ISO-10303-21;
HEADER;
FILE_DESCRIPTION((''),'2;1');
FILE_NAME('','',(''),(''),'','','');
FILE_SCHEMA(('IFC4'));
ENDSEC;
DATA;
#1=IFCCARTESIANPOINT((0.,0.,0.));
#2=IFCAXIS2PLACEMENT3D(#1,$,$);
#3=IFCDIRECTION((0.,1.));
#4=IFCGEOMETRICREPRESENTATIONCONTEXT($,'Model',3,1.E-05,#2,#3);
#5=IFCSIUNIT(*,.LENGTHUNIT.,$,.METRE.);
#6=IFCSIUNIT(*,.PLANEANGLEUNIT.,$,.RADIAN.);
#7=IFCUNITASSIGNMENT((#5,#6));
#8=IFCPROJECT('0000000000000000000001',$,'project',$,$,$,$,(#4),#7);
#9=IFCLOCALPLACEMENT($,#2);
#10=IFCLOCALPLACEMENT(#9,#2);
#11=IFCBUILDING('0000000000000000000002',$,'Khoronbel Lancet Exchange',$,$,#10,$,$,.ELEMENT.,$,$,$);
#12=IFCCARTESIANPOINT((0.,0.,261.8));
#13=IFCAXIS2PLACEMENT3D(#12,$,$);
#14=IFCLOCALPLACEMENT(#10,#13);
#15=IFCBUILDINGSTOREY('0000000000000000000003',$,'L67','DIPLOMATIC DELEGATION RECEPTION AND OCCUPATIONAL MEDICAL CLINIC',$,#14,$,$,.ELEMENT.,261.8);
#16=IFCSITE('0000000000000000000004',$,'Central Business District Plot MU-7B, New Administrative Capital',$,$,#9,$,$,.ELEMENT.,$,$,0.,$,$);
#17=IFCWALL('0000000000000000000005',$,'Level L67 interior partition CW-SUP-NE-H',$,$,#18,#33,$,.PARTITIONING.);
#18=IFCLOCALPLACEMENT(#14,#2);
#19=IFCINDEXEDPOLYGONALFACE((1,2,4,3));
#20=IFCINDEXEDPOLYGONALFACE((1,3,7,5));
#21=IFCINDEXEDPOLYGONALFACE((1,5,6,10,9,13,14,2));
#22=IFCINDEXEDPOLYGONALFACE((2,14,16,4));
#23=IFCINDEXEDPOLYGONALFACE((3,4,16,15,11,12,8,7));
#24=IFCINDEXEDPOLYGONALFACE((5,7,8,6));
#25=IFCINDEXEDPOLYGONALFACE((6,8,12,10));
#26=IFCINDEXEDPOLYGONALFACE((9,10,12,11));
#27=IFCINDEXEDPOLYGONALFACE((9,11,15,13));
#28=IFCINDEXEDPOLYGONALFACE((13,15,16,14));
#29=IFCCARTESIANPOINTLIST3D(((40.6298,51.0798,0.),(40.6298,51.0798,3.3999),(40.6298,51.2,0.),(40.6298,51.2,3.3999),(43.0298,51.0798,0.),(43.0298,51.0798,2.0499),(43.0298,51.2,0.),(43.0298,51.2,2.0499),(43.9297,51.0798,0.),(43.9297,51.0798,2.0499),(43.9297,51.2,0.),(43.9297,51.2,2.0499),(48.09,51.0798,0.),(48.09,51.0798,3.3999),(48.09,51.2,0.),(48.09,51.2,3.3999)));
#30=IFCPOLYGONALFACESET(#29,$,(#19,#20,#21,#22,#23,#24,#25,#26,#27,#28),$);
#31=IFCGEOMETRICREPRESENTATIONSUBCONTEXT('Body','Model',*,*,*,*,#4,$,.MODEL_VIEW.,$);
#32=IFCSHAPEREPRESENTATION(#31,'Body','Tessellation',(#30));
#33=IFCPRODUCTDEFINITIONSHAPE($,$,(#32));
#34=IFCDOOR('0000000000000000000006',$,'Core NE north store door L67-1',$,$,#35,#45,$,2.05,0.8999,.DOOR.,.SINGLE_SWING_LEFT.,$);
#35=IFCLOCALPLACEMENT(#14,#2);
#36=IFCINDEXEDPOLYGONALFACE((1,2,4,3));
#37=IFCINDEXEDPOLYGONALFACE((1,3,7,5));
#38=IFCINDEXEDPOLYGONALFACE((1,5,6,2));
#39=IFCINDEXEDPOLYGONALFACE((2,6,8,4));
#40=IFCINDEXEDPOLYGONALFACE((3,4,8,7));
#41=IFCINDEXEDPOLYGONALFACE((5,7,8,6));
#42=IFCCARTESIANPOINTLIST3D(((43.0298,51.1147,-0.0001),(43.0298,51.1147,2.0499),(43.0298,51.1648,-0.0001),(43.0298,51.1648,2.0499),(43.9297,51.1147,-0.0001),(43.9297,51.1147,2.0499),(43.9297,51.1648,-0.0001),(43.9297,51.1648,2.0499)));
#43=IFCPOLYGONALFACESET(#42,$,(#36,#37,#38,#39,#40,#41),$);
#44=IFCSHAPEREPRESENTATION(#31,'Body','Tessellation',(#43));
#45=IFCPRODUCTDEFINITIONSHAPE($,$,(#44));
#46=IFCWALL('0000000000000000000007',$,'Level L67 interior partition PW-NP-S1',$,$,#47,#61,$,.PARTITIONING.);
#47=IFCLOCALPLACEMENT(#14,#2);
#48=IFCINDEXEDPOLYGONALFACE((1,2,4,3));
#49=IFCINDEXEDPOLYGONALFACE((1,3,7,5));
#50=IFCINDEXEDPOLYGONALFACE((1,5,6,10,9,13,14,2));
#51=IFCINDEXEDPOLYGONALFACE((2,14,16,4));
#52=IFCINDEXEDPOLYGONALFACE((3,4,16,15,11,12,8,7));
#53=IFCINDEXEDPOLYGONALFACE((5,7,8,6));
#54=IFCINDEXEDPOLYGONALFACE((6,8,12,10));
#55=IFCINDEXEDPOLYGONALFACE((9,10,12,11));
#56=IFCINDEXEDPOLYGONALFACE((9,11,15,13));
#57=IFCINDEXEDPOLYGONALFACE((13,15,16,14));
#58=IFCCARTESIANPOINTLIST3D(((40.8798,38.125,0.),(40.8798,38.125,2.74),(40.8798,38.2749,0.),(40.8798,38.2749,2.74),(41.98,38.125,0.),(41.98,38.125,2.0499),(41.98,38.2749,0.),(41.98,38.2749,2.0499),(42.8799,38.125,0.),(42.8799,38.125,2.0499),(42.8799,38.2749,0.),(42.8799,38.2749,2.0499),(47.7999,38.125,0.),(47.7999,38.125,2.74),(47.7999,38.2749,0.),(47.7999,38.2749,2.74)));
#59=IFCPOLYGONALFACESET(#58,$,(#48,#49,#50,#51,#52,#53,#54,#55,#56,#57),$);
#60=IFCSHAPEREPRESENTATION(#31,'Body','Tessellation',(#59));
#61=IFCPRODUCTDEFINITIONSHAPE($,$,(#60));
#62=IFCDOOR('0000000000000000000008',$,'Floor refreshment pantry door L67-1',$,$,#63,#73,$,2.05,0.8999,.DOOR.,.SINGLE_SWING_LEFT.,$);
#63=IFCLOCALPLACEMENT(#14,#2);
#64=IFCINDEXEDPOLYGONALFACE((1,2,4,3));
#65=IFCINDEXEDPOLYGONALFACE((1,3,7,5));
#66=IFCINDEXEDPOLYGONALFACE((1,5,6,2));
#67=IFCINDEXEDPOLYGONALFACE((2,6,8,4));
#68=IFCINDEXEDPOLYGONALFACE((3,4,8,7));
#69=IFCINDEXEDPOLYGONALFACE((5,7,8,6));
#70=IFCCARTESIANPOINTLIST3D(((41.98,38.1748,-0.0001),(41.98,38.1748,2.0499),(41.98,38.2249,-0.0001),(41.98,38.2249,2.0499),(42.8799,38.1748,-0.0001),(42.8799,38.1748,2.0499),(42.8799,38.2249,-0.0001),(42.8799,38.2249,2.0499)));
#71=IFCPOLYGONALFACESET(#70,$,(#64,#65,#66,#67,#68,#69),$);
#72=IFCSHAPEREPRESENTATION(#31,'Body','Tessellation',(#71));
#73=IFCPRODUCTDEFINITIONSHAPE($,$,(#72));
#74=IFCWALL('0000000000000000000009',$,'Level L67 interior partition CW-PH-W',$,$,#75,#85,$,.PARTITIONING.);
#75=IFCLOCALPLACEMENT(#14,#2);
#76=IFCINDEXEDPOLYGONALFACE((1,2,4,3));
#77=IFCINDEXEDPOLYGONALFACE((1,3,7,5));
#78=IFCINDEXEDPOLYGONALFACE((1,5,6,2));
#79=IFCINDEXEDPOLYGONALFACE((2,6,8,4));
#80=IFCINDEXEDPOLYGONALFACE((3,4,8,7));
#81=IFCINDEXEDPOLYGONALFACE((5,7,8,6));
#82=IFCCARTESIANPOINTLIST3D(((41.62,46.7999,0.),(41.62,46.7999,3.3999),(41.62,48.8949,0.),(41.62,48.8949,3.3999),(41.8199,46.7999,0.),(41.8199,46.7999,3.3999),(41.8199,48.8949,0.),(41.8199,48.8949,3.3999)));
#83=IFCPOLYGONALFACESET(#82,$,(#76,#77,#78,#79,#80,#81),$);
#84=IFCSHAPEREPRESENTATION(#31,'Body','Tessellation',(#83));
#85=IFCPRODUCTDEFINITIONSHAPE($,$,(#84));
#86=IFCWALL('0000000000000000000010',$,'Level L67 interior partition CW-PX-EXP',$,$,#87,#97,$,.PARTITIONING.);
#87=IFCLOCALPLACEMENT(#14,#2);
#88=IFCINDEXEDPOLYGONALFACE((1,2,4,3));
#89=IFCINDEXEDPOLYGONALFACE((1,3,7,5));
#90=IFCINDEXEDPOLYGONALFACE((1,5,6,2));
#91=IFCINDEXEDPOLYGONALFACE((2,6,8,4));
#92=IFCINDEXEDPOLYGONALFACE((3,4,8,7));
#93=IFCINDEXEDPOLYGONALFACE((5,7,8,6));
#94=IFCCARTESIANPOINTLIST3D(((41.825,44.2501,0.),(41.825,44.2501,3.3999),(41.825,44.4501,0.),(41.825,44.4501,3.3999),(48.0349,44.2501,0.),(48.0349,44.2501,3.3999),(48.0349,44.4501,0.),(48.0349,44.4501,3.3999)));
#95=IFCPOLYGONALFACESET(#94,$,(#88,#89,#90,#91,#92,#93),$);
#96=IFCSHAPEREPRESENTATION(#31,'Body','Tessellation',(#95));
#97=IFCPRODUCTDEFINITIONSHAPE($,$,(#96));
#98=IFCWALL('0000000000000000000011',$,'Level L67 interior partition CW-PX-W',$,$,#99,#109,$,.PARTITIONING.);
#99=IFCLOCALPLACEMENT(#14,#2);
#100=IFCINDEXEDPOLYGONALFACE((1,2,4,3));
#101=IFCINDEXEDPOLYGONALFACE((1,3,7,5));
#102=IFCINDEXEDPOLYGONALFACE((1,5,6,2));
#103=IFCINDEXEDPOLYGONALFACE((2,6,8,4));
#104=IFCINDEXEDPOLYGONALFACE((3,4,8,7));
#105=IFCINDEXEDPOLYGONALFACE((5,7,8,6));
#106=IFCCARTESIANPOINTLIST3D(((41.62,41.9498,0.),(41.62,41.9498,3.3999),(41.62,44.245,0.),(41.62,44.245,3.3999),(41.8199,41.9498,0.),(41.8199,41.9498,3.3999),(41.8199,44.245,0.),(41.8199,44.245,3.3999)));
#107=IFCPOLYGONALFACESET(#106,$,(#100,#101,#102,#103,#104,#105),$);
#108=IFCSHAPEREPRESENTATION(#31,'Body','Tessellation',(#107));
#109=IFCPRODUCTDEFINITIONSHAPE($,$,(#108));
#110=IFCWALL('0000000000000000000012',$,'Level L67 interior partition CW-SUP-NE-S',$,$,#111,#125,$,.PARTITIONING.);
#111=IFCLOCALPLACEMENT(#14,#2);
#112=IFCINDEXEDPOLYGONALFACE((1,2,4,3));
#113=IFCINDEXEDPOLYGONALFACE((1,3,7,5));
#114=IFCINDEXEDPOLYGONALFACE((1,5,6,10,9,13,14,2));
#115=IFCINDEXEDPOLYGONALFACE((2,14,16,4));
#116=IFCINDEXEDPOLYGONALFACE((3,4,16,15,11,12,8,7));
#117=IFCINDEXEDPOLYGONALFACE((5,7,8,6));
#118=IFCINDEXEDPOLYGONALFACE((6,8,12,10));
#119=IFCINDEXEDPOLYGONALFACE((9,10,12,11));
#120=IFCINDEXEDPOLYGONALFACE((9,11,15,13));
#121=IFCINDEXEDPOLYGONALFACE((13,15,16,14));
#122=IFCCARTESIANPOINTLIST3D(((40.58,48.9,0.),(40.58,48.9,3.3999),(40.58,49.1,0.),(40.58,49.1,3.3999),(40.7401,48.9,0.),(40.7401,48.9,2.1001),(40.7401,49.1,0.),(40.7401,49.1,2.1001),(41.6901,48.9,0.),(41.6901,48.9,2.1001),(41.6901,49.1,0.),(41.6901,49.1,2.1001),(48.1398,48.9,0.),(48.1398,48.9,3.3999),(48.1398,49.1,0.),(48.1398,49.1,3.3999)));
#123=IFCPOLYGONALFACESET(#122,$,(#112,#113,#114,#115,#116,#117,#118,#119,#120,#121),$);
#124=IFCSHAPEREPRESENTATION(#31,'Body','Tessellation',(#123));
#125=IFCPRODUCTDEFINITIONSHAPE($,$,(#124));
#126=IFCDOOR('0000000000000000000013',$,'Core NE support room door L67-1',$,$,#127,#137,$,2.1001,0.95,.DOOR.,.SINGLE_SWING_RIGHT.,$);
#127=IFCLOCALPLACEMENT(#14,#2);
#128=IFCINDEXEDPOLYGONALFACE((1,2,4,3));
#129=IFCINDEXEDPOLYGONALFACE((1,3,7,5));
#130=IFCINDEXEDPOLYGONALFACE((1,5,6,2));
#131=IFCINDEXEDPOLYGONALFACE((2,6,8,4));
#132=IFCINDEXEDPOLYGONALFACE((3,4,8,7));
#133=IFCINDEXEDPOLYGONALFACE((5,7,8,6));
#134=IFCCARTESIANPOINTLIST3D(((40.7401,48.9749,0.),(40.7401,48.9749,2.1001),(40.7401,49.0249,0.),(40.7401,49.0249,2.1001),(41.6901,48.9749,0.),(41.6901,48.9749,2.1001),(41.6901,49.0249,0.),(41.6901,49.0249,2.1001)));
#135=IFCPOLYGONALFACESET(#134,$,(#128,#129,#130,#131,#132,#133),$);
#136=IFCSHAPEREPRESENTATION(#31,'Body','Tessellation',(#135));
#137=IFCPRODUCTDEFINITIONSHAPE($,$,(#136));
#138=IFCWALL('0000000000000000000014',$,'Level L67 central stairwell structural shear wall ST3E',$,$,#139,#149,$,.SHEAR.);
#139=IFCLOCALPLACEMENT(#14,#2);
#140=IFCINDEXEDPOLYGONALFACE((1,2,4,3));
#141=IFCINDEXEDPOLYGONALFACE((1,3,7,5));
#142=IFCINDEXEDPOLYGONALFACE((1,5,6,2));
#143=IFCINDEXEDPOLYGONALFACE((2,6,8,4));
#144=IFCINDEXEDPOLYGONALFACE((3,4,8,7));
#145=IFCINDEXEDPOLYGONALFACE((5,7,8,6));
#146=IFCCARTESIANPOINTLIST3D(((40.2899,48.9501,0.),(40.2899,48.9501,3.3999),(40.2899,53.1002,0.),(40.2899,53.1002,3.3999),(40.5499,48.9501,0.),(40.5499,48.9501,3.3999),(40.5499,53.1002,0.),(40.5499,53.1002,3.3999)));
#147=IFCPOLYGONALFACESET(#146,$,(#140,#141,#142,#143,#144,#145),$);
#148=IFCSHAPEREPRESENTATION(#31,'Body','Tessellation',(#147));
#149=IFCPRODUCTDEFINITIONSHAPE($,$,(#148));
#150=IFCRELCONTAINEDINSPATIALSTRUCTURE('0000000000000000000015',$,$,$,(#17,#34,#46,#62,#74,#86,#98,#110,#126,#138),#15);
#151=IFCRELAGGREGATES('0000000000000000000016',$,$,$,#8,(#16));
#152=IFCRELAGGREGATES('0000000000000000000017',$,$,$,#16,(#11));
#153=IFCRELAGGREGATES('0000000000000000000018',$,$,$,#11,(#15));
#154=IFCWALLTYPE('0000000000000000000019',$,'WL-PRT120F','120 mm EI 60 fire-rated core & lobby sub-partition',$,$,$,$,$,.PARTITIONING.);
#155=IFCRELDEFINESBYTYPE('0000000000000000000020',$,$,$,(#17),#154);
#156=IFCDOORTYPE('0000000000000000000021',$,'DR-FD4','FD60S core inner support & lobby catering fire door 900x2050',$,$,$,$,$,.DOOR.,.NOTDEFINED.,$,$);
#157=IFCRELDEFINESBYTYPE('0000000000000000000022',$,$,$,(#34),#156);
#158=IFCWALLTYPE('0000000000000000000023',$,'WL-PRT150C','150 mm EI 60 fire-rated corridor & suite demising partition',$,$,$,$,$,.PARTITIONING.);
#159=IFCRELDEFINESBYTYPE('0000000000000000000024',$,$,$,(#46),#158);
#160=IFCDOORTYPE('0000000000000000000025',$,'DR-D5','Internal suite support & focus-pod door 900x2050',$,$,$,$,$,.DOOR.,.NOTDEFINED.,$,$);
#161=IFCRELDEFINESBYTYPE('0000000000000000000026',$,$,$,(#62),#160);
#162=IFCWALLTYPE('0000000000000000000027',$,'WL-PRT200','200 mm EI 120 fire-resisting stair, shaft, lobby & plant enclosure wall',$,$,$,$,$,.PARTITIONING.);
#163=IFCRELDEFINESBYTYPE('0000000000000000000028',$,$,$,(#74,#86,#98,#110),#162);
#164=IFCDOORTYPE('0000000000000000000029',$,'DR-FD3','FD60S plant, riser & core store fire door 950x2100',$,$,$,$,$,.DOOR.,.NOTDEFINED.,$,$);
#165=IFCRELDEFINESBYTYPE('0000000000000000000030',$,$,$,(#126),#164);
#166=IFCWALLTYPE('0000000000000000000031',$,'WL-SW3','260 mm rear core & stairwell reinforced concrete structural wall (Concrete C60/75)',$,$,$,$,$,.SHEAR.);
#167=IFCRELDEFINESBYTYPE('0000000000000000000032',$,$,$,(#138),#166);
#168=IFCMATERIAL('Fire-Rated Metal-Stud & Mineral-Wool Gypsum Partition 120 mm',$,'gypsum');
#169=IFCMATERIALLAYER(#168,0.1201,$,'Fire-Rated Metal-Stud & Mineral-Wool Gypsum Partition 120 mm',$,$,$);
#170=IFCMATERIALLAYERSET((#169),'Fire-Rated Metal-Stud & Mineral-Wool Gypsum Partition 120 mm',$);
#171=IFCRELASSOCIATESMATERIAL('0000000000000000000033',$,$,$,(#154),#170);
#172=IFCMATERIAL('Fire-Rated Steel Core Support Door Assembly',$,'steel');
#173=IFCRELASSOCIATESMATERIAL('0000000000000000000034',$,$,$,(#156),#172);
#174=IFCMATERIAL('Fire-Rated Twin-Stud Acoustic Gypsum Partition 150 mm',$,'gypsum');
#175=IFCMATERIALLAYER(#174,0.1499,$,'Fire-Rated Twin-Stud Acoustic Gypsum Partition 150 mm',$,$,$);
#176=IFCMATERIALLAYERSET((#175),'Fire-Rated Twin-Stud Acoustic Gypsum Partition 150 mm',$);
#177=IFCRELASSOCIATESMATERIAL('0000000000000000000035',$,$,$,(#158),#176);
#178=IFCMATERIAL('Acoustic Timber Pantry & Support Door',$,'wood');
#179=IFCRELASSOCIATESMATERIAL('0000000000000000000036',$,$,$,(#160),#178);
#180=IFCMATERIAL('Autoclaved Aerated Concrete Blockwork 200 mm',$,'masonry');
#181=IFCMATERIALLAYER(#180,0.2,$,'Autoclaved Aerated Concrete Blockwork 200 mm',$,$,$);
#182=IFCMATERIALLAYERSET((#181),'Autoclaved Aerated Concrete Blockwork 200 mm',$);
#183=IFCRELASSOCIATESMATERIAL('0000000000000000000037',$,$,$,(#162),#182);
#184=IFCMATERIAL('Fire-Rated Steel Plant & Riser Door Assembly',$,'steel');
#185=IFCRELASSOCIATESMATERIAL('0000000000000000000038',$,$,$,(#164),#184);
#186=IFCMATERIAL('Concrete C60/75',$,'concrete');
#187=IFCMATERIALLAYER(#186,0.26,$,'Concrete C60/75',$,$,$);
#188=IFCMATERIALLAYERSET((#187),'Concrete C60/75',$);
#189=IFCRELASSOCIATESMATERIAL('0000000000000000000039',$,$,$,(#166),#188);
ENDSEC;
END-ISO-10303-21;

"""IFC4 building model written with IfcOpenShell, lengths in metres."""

from ifc_helpers import new_model, si_unit, direction, frame, frame_2d, origin, place, context, subcontext, project, spatial, rectangle, extrude, material, layer, layer_set, type_object, element, fill, save


model = new_model("IFC4")

# Units and contexts
model_context = context("Model", 3, precision=1e-05, world=origin(), true_north=direction((0.0, 1.0)))
body_context = subcontext(model_context, "Body", "Model", "MODEL_VIEW")
ifc_project = project(units=[si_unit("LENGTHUNIT", "METRE"), si_unit("PLANEANGLEUNIT", "RADIAN")], contexts=[model_context])

# Site, building, storey
site_placement = place(None, origin())
site = spatial("IfcSite", under=ifc_project, at=site_placement, Name="Central Business District Plot MU-7B, New Administrative Capital", CompositionType="ELEMENT", RefElevation=0.0)
building_placement = place(site_placement, origin())
building = spatial("IfcBuilding", under=site, at=building_placement, Name="Khoronbel Lancet Exchange", CompositionType="ELEMENT")
storey_placement = place(building_placement, frame((0.0, 0.0, 261.8)))
storey = spatial("IfcBuildingStorey", under=building, at=storey_placement, Name="L67", Description="DIPLOMATIC DELEGATION RECEPTION AND OCCUPATIONAL MEDICAL CLINIC", CompositionType="ELEMENT", Elevation=261.8)

# Shared definitions
ifc_material_1 = material(Name="Concrete C60/75", Category="concrete")

# Shared definitions
ifc_material_2 = material(Name="Fire-Rated Metal-Stud & Mineral-Wool Gypsum Partition 120 mm", Category="gypsum")
ifc_layer_1 = layer(ifc_material_2, 0.1201, Name="Fire-Rated Metal-Stud & Mineral-Wool Gypsum Partition 120 mm")
ifc_layer_set_1 = layer_set([ifc_layer_1], Name="Fire-Rated Metal-Stud & Mineral-Wool Gypsum Partition 120 mm")
wall_type_1 = type_object("IfcWallType", Name="WL-PRT120F", Description="120 mm EI 60 fire-rated core & lobby sub-partition", PredefinedType="PARTITIONING", material=ifc_layer_set_1)

# Walls, openings, doors
wall_1_placement = place(storey_placement, frame((40.6299, 51.1399, 0.0), z_axis=(0.0, 0.0, 1.0), x_axis=(1.0, 0.0, 0.0)))
wall_1 = element("IfcWall", 1, at=wall_1_placement, inside=storey, type_object=wall_type_1, Name="Level L67 interior partition CW-SUP-NE-H", PredefinedType="PARTITIONING", context=body_context, shape_type="SweptSolid", body=[
    extrude(rectangle(XDim=7.4602, YDim=0.1201, at=frame_2d((3.73, 0.0))), origin(), (0.0, 0.0, 1.0), 3.3999),
])
opening_1_placement = place(wall_1_placement, frame((2.3999, 0.0, 0.0)))
opening_1 = element("IfcOpeningElement", 2, at=opening_1_placement, cuts=wall_1, PredefinedType="OPENING", context=body_context, shape_type="SweptSolid", body=[
    extrude(rectangle(XDim=0.8999, YDim=2.05, at=frame_2d((0.45, 1.0249))), frame((0.0, 0.0701, 0.0), z_axis=(0.0, -1.0, 0.0), x_axis=(1.0, 0.0, 0.0)), (0.0, 0.0, 1.0), 0.1401),
])
ifc_material_3 = material(Name="Fire-Rated Steel Core Support Door Assembly", Category="steel")
door_type_1 = type_object("IfcDoorType", Name="DR-FD4", Description="FD60S core inner support & lobby catering fire door 900x2050", OperationType="NOTDEFINED", PredefinedType="DOOR", material=ifc_material_3)
door_1_placement = place(opening_1_placement, origin())
door_1 = element("IfcDoor", 3, at=door_1_placement, inside=storey, type_object=door_type_1, Name="Core NE north store door L67-1", OperationType="SINGLE_SWING_LEFT", OverallHeight=2.05, OverallWidth=0.8999, PredefinedType="DOOR", context=body_context, shape_type="SweptSolid", body=[
    extrude(rectangle(XDim=0.8999, YDim=2.05, at=frame_2d((0.45, 1.0249))), frame((0.0, 0.0249, 0.0), z_axis=(0.0, -1.0, 0.0), x_axis=(1.0, 0.0, 0.0)), (0.0, 0.0, 1.0), 0.05),
])
fill(opening_1, door_1)
ifc_material_4 = material(Name="Fire-Rated Twin-Stud Acoustic Gypsum Partition 150 mm", Category="gypsum")
ifc_layer_2 = layer(ifc_material_4, 0.1499, Name="Fire-Rated Twin-Stud Acoustic Gypsum Partition 150 mm")
ifc_layer_set_2 = layer_set([ifc_layer_2], Name="Fire-Rated Twin-Stud Acoustic Gypsum Partition 150 mm")
wall_type_2 = type_object("IfcWallType", Name="WL-PRT150C", Description="150 mm EI 60 fire-rated corridor & suite demising partition", PredefinedType="PARTITIONING", material=ifc_layer_set_2)
wall_2_placement = place(storey_placement, frame((40.8799, 38.2, 0.0), z_axis=(0.0, 0.0, 1.0), x_axis=(1.0, 0.0, 0.0)))
wall_2 = element("IfcWall", 4, at=wall_2_placement, inside=storey, type_object=wall_type_2, Name="Level L67 interior partition PW-NP-S1", PredefinedType="PARTITIONING", context=body_context, shape_type="SweptSolid", body=[
    extrude(rectangle(XDim=6.9202, YDim=0.1499, at=frame_2d((3.46, 0.0))), origin(), (0.0, 0.0, 1.0), 2.74),
])
opening_2_placement = place(wall_2_placement, frame((1.1001, 0.0, 0.0)))
opening_2 = element("IfcOpeningElement", 5, at=opening_2_placement, cuts=wall_2, PredefinedType="OPENING", context=body_context, shape_type="SweptSolid", body=[
    extrude(rectangle(XDim=0.8999, YDim=2.05, at=frame_2d((0.45, 1.0249))), frame((0.0, 0.085, 0.0), z_axis=(0.0, -1.0, 0.0), x_axis=(1.0, 0.0, 0.0)), (0.0, 0.0, 1.0), 0.1699),
])
ifc_material_5 = material(Name="Acoustic Timber Pantry & Support Door", Category="wood")
door_type_2 = type_object("IfcDoorType", Name="DR-D5", Description="Internal suite support & focus-pod door 900x2050", OperationType="NOTDEFINED", PredefinedType="DOOR", material=ifc_material_5)
door_2_placement = place(opening_2_placement, origin())
door_2 = element("IfcDoor", 6, at=door_2_placement, inside=storey, type_object=door_type_2, Name="Floor refreshment pantry door L67-1", OperationType="SINGLE_SWING_LEFT", OverallHeight=2.05, OverallWidth=0.8999, PredefinedType="DOOR", context=body_context, shape_type="SweptSolid", body=[
    extrude(rectangle(XDim=0.8999, YDim=2.05, at=frame_2d((0.45, 1.0249))), frame((0.0, 0.0249, 0.0), z_axis=(0.0, -1.0, 0.0), x_axis=(1.0, 0.0, 0.0)), (0.0, 0.0, 1.0), 0.05),
])
fill(opening_2, door_2)

# Walls
ifc_material_6 = material(Name="Autoclaved Aerated Concrete Blockwork 200 mm", Category="masonry")
ifc_layer_3 = layer(ifc_material_6, 0.2, Name="Autoclaved Aerated Concrete Blockwork 200 mm")
ifc_layer_set_3 = layer_set([ifc_layer_3], Name="Autoclaved Aerated Concrete Blockwork 200 mm")
wall_type_3 = type_object("IfcWallType", Name="WL-PRT200", Description="200 mm EI 120 fire-resisting stair, shaft, lobby & plant enclosure wall", PredefinedType="PARTITIONING", material=ifc_layer_set_3)
wall_3_placement = place(storey_placement, frame((41.72, 46.8, 0.0), z_axis=(0.0, 0.0, 1.0), x_axis=(0.0, 1.0, 0.0)))
element("IfcWall", 7, at=wall_3_placement, inside=storey, type_object=wall_type_3, Name="Level L67 interior partition CW-PH-W", PredefinedType="PARTITIONING", context=body_context, shape_type="SweptSolid", body=[
    extrude(rectangle(XDim=2.095, YDim=0.2, at=frame_2d((1.0474, 0.0))), origin(), (0.0, 0.0, 1.0), 3.3999),
])
wall_4_placement = place(storey_placement, frame((41.825, 44.3501, 0.0), z_axis=(0.0, 0.0, 1.0), x_axis=(1.0, 0.0, 0.0)))
element("IfcWall", 8, at=wall_4_placement, inside=storey, type_object=wall_type_3, Name="Level L67 interior partition CW-PX-EXP", PredefinedType="PARTITIONING", context=body_context, shape_type="SweptSolid", body=[
    extrude(rectangle(XDim=6.21, YDim=0.2, at=frame_2d((3.105, 0.0))), origin(), (0.0, 0.0, 1.0), 3.3999),
])
wall_5_placement = place(storey_placement, frame((41.72, 41.95, 0.0), z_axis=(0.0, 0.0, 1.0), x_axis=(0.0, 1.0, 0.0)))
element("IfcWall", 9, at=wall_5_placement, inside=storey, type_object=wall_type_3, Name="Level L67 interior partition CW-PX-W", PredefinedType="PARTITIONING", context=body_context, shape_type="SweptSolid", body=[
    extrude(rectangle(XDim=2.2952, YDim=0.2, at=frame_2d((1.1475, 0.0))), origin(), (0.0, 0.0, 1.0), 3.3999),
])

# Wall, opening, door
wall_6_placement = place(storey_placement, frame((40.5801, 49.0, 0.0), z_axis=(0.0, 0.0, 1.0), x_axis=(1.0, 0.0, 0.0)))
wall_6 = element("IfcWall", 10, at=wall_6_placement, inside=storey, type_object=wall_type_3, Name="Level L67 interior partition CW-SUP-NE-S", PredefinedType="PARTITIONING", context=body_context, shape_type="SweptSolid", body=[
    extrude(rectangle(XDim=7.5598, YDim=0.2, at=frame_2d((3.7798, 0.0))), origin(), (0.0, 0.0, 1.0), 3.3999),
])
opening_3_placement = place(wall_6_placement, frame((0.1599, 0.0, 0.0)))
opening_3 = element("IfcOpeningElement", 11, at=opening_3_placement, cuts=wall_6, PredefinedType="OPENING", context=body_context, shape_type="SweptSolid", body=[
    extrude(rectangle(XDim=0.95, YDim=2.1001, at=frame_2d((0.4751, 1.05))), frame((0.0, 0.1099, 0.0), z_axis=(0.0, -1.0, 0.0), x_axis=(1.0, 0.0, 0.0)), (0.0, 0.0, 1.0), 0.22),
])
ifc_material_7 = material(Name="Fire-Rated Steel Plant & Riser Door Assembly", Category="steel")
door_type_3 = type_object("IfcDoorType", Name="DR-FD3", Description="FD60S plant, riser & core store fire door 950x2100", OperationType="NOTDEFINED", PredefinedType="DOOR", material=ifc_material_7)
door_3_placement = place(opening_3_placement, origin())
door_3 = element("IfcDoor", 12, at=door_3_placement, inside=storey, type_object=door_type_3, Name="Core NE support room door L67-1", OperationType="SINGLE_SWING_RIGHT", OverallHeight=2.1001, OverallWidth=0.95, PredefinedType="DOOR", context=body_context, shape_type="SweptSolid", body=[
    extrude(rectangle(XDim=0.95, YDim=2.1001, at=frame_2d((0.4751, 1.05))), frame((0.0, 0.0249, 0.0), z_axis=(0.0, -1.0, 0.0), x_axis=(1.0, 0.0, 0.0)), (0.0, 0.0, 1.0), 0.05),
])
fill(opening_3, door_3)

# Wall
ifc_layer_4 = layer(ifc_material_1, 0.26, Name="Concrete C60/75")
ifc_layer_set_4 = layer_set([ifc_layer_4], Name="Concrete C60/75")
wall_type_4 = type_object("IfcWallType", Name="WL-SW3", Description="260 mm rear core & stairwell reinforced concrete structural wall (Concrete C60/75)", PredefinedType="SHEAR", material=ifc_layer_set_4)
wall_7_placement = place(storey_placement, frame((40.4199, 48.95, 0.0), z_axis=(0.0, 0.0, 1.0), x_axis=(0.0, 1.0, 0.0)))
element("IfcWall", 13, at=wall_7_placement, inside=storey, type_object=wall_type_4, Name="Level L67 central stairwell structural shear wall ST3E", PredefinedType="SHEAR", context=body_context, shape_type="SweptSolid", body=[
    extrude(rectangle(XDim=4.1501, YDim=0.26, at=frame_2d((2.0752, 0.0))), origin(), (0.0, 0.0, 1.0), 3.3999),
])

save(model, "model.ifc")
